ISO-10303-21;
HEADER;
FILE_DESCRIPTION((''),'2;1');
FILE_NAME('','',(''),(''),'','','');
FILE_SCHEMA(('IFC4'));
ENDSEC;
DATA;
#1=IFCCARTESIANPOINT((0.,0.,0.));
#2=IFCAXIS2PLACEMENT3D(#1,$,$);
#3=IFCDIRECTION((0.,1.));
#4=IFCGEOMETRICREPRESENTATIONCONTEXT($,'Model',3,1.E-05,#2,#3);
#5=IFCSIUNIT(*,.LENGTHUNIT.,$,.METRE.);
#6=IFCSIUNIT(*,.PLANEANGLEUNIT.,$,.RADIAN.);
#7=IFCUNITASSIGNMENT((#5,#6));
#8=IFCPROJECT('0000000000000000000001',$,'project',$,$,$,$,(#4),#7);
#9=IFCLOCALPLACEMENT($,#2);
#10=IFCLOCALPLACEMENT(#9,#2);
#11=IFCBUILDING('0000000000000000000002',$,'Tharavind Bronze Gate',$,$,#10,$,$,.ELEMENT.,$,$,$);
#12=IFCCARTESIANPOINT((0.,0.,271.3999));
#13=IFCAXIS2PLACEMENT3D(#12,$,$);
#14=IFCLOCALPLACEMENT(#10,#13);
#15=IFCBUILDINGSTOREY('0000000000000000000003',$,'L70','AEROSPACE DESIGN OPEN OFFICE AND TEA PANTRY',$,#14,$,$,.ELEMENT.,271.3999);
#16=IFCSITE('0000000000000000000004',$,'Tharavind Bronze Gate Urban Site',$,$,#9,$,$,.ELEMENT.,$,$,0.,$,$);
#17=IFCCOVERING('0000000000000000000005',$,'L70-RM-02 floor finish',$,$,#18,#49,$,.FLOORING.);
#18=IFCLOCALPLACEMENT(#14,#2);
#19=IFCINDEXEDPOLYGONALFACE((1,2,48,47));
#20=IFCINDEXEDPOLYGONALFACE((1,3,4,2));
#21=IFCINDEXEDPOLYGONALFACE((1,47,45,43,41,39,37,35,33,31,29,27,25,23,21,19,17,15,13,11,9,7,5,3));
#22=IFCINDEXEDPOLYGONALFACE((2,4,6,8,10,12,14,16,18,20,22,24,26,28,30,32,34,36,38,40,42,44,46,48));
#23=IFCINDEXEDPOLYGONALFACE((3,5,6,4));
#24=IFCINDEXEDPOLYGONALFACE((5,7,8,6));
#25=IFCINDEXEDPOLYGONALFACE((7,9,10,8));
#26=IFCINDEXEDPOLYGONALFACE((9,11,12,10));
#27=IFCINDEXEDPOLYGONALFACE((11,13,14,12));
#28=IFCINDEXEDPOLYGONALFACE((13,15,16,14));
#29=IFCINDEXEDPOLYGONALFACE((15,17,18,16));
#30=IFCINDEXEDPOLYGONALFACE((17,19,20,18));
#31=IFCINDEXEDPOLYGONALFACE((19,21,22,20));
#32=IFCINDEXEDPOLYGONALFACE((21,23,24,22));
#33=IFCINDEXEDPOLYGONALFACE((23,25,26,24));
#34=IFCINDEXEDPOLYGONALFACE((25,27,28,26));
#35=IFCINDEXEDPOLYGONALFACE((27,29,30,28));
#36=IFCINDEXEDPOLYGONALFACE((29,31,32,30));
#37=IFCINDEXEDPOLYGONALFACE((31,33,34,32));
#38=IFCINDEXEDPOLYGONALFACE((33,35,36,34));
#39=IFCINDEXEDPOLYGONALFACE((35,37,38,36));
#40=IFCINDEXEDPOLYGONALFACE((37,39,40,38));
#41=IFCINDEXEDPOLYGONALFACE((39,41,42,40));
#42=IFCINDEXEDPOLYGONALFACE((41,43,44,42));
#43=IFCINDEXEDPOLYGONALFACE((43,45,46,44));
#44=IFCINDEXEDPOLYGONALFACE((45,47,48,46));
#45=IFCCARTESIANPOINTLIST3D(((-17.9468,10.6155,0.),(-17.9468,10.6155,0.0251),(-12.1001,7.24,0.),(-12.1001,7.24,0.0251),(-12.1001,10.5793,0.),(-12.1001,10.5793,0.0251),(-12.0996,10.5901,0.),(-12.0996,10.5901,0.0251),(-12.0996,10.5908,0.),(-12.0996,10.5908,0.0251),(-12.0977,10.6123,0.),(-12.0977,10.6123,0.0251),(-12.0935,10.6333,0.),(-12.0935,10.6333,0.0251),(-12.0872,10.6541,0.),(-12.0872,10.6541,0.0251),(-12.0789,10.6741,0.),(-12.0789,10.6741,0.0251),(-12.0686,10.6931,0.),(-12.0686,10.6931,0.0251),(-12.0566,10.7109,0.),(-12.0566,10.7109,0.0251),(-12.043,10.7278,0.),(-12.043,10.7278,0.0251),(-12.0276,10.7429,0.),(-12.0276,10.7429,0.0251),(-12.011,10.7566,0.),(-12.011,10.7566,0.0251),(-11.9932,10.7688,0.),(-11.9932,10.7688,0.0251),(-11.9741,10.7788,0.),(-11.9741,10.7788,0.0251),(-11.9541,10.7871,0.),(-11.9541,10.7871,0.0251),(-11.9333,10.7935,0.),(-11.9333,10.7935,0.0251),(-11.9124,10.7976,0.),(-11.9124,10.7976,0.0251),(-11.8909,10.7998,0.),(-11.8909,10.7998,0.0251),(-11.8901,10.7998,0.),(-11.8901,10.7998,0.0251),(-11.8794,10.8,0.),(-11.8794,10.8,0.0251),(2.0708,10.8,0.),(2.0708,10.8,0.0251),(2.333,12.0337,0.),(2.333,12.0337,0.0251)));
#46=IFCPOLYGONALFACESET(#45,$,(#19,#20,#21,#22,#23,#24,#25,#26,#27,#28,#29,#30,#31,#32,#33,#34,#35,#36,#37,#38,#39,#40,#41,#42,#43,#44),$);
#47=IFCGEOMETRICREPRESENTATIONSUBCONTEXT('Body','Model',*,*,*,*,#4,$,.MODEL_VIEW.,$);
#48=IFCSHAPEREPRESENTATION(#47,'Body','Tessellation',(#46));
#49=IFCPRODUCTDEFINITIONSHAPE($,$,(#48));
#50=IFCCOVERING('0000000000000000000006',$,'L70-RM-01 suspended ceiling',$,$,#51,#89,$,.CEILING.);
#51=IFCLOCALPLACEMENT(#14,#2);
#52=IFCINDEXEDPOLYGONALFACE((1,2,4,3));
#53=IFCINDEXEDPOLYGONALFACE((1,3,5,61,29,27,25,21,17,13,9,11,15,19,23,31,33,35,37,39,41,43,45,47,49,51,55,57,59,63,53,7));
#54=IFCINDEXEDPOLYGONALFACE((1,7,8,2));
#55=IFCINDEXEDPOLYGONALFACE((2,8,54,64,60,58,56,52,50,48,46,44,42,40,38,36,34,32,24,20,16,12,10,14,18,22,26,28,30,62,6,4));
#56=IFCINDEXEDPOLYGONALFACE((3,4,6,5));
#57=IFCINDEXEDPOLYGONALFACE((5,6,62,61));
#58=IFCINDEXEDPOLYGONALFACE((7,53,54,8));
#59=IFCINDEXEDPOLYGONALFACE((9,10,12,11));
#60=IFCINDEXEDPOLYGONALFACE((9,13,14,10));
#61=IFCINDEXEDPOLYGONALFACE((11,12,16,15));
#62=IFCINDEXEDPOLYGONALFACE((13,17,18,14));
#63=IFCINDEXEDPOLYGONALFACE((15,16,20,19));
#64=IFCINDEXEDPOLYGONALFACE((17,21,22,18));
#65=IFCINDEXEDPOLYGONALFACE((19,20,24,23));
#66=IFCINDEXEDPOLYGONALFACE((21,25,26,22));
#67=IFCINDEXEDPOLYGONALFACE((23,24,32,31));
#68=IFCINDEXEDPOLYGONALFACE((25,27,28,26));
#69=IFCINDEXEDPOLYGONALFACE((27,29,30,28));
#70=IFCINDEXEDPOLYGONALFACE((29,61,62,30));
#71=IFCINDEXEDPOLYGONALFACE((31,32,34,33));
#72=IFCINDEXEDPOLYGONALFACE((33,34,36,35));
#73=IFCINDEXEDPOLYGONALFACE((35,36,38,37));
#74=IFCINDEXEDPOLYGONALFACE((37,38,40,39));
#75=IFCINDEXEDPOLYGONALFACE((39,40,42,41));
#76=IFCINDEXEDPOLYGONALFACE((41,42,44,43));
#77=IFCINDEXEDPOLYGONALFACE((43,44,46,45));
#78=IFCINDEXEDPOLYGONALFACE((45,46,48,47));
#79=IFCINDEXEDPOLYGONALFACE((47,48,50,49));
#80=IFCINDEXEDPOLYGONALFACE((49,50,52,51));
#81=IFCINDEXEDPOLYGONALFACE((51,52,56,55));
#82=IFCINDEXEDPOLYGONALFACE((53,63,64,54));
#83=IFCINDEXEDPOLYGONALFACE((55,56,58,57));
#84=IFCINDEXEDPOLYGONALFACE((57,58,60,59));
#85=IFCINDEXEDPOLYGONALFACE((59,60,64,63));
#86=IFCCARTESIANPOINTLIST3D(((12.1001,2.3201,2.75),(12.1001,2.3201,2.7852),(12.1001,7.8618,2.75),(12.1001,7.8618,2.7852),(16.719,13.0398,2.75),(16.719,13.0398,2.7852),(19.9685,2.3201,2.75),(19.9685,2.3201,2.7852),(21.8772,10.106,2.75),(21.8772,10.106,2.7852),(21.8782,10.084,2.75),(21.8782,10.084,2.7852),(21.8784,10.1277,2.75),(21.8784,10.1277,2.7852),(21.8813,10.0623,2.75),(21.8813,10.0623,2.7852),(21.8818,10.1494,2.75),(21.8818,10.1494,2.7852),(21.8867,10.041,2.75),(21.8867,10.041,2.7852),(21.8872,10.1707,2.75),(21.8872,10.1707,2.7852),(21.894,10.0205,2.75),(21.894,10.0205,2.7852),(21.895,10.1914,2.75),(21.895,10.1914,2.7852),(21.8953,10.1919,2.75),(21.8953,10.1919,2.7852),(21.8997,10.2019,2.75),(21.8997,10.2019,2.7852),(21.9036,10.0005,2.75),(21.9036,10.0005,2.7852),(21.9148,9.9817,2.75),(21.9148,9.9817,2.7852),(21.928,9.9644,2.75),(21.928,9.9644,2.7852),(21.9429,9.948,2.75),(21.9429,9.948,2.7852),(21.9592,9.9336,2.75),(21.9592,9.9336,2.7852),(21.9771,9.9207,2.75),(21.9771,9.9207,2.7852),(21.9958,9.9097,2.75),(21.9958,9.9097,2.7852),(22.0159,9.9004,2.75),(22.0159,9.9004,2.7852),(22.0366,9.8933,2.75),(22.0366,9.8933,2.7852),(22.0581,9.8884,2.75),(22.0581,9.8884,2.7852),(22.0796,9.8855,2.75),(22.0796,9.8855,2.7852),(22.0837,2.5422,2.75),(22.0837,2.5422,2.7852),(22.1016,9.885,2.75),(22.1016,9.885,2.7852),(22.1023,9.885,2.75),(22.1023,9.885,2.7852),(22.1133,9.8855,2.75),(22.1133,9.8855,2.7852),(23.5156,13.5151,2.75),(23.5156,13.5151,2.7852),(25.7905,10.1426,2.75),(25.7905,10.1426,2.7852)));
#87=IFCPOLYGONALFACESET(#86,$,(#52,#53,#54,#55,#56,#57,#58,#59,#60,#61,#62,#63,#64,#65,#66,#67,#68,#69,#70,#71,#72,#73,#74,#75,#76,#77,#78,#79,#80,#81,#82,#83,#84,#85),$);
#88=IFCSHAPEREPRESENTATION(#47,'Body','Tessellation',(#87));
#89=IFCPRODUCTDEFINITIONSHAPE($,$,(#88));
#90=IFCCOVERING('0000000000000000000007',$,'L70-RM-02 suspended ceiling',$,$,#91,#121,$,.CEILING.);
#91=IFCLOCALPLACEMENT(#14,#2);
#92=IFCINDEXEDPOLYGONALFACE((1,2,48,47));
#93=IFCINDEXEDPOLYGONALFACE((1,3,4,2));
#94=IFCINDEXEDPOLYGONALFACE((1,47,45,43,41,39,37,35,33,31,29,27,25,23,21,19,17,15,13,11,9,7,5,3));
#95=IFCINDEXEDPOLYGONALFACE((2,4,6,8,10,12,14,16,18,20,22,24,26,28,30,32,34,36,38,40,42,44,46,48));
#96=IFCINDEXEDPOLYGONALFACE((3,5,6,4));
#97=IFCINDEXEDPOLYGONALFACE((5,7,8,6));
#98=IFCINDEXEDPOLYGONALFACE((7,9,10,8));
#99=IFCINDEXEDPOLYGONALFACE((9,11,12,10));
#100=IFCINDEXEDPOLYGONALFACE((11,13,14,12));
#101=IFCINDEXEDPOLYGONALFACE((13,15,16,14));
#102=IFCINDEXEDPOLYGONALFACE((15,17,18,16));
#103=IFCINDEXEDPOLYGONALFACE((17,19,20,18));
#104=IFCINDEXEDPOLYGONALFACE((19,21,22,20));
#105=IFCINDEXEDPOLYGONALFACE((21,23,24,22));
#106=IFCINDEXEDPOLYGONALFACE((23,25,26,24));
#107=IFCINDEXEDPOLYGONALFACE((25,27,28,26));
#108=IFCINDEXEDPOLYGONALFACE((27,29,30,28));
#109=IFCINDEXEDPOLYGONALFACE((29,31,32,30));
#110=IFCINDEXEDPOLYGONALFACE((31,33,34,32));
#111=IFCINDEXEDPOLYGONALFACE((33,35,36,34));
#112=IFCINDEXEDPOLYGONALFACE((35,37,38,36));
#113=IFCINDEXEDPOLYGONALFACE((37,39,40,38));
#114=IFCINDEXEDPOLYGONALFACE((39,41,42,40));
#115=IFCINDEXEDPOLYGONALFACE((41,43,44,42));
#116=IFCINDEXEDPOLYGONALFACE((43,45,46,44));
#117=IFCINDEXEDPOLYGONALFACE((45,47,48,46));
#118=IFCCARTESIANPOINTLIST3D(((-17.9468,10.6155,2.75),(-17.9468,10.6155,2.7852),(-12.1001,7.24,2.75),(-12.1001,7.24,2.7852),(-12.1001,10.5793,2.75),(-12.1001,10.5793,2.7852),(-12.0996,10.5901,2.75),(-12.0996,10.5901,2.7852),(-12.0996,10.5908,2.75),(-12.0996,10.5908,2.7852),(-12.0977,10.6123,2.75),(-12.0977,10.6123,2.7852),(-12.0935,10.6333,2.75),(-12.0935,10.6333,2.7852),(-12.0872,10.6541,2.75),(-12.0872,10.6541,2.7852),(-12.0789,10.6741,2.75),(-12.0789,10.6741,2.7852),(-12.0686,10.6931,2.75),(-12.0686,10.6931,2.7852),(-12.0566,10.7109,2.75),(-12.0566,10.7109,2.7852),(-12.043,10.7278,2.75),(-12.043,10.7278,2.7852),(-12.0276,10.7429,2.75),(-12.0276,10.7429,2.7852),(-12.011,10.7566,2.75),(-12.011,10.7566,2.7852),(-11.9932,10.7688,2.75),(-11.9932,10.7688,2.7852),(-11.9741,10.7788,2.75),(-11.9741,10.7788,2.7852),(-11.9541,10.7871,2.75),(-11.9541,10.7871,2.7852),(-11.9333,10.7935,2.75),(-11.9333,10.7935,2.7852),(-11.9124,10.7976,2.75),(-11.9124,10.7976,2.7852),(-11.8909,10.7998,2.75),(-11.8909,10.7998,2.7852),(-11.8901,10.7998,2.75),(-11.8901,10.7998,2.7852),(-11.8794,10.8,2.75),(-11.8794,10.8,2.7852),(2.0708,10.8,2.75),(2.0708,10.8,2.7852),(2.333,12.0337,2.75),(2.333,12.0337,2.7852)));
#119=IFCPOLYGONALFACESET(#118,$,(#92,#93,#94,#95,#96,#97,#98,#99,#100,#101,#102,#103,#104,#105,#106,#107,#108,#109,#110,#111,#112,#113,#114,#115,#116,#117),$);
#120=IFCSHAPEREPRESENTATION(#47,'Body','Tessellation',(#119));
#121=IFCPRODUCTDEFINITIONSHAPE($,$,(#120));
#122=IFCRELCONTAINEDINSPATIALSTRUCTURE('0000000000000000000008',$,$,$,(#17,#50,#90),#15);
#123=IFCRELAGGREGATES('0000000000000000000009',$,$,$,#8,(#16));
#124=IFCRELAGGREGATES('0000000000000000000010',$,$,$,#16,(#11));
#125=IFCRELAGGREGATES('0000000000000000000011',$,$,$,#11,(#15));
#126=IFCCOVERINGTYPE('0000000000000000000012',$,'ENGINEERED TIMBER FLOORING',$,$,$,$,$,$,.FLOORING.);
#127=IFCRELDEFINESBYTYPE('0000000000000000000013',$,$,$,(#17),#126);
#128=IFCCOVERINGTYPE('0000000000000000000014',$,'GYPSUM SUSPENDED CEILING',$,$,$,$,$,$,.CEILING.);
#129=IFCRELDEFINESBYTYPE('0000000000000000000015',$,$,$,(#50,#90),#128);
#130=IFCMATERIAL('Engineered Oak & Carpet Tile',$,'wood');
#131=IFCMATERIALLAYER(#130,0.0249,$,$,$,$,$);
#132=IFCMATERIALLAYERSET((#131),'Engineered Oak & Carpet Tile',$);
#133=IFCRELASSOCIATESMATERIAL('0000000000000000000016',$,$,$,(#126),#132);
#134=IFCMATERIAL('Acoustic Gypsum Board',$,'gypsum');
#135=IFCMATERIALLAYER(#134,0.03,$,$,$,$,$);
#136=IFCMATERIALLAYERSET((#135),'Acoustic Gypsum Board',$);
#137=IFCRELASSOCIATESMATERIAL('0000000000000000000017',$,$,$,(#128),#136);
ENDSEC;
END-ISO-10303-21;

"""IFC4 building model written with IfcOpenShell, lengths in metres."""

from ifc_helpers import new_model, si_unit, direction, frame, origin, place, context, subcontext, project, spatial, polyline, outline, extrude, material, layer, layer_set, type_object, element, save


model = new_model("IFC4")

# Units and contexts
model_context = context("Model", 3, precision=1e-05, world=origin(), true_north=direction((0.0, 1.0)))
body_context = subcontext(model_context, "Body", "Model", "MODEL_VIEW")
ifc_project = project(units=[si_unit("LENGTHUNIT", "METRE"), si_unit("PLANEANGLEUNIT", "RADIAN")], contexts=[model_context])

# Site, building, storey
site_placement = place(None, origin())
site = spatial("IfcSite", under=ifc_project, at=site_placement, Name="Tharavind Bronze Gate Urban Site", CompositionType="ELEMENT", RefElevation=0.0)
building_placement = place(site_placement, origin())
building = spatial("IfcBuilding", under=site, at=building_placement, Name="Tharavind Bronze Gate", CompositionType="ELEMENT")
storey_placement = place(building_placement, frame((0.0, 0.0, 271.3999)))
storey = spatial("IfcBuildingStorey", under=building, at=storey_placement, Name="L70", Description="AEROSPACE DESIGN OPEN OFFICE AND TEA PANTRY", CompositionType="ELEMENT", Elevation=271.3999)

# Coverings
ifc_material_1 = material(Name="Engineered Oak & Carpet Tile", Category="wood")
ifc_layer_1 = layer(ifc_material_1, 0.0249)
ifc_layer_set_1 = layer_set([ifc_layer_1], Name="Engineered Oak & Carpet Tile")
covering_type_1 = type_object("IfcCoveringType", Name="ENGINEERED TIMBER FLOORING", PredefinedType="FLOORING", material=ifc_layer_set_1)
covering_1_placement = place(storey_placement, origin())
element("IfcCovering", 1, at=covering_1_placement, inside=storey, type_object=covering_type_1, Name="L70-RM-02 floor finish", PredefinedType="FLOORING", context=body_context, shape_type="SweptSolid", body=[
    extrude(outline(polyline([(-12.1001, 7.24), (-12.1001, 10.5793), (-12.0996, 10.5901), (-12.0996, 10.5908), (-12.0977, 10.6123), (-12.0935, 10.6333), (-12.0872, 10.6541), (-12.0789, 10.6741), (-12.0686, 10.6931), (-12.0566, 10.7109), (-12.043, 10.7278), (-12.0276, 10.7429), (-12.011, 10.7566), (-11.9932, 10.7688), (-11.9741, 10.7788), (-11.9541, 10.7871), (-11.9333, 10.7935), (-11.9124, 10.7976), (-11.8909, 10.7998), (-11.8901, 10.7998), (-11.8794, 10.8), (2.0708, 10.8), (2.333, 12.0337), (-17.9468, 10.6155), (-12.1001, 7.24)])), origin(), (0.0, 0.0, 1.0), 0.0251),
])
ifc_material_2 = material(Name="Acoustic Gypsum Board", Category="gypsum")
ifc_layer_2 = layer(ifc_material_2, 0.03)
ifc_layer_set_2 = layer_set([ifc_layer_2], Name="Acoustic Gypsum Board")
covering_type_2 = type_object("IfcCoveringType", Name="GYPSUM SUSPENDED CEILING", PredefinedType="CEILING", material=ifc_layer_set_2)
covering_2_placement = place(storey_placement, frame((0.0, 0.0, 2.75)))
element("IfcCovering", 2, at=covering_2_placement, inside=storey, type_object=covering_type_2, Name="L70-RM-01 suspended ceiling", PredefinedType="CEILING", context=body_context, shape_type="SweptSolid", body=[
    extrude(outline(polyline([(19.9685, 2.3201), (22.0837, 2.5422), (25.7905, 10.1426), (22.1133, 9.8855), (22.1023, 9.885), (22.1016, 9.885), (22.0796, 9.8855), (22.0581, 9.8884), (22.0366, 9.8933), (22.0159, 9.9004), (21.9958, 9.9097), (21.9771, 9.9207), (21.9592, 9.9336), (21.9429, 9.948), (21.928, 9.9644), (21.9148, 9.9817), (21.9036, 10.0005), (21.894, 10.0205), (21.8867, 10.041), (21.8813, 10.0623), (21.8782, 10.084), (21.8772, 10.106), (21.8784, 10.1277), (21.8818, 10.1494), (21.8872, 10.1707), (21.895, 10.1914), (21.8953, 10.1919), (21.8997, 10.2019), (23.5156, 13.5151), (16.719, 13.0398), (12.1001, 7.8618), (12.1001, 2.3201), (19.9685, 2.3201)])), origin(), (0.0, 0.0, 1.0), 0.0352),
])
covering_3_placement = place(storey_placement, frame((0.0, 0.0, 2.75)))
element("IfcCovering", 3, at=covering_3_placement, inside=storey, type_object=covering_type_2, Name="L70-RM-02 suspended ceiling", PredefinedType="CEILING", context=body_context, shape_type="SweptSolid", body=[
    extrude(outline(polyline([(-12.1001, 7.24), (-12.1001, 10.5793), (-12.0996, 10.5901), (-12.0996, 10.5908), (-12.0977, 10.6123), (-12.0935, 10.6333), (-12.0872, 10.6541), (-12.0789, 10.6741), (-12.0686, 10.6931), (-12.0566, 10.7109), (-12.043, 10.7278), (-12.0276, 10.7429), (-12.011, 10.7566), (-11.9932, 10.7688), (-11.9741, 10.7788), (-11.9541, 10.7871), (-11.9333, 10.7935), (-11.9124, 10.7976), (-11.8909, 10.7998), (-11.8901, 10.7998), (-11.8794, 10.8), (2.0708, 10.8), (2.333, 12.0337), (-17.9468, 10.6155), (-12.1001, 7.24)])), origin(), (0.0, 0.0, 1.0), 0.0352),
])

save(model, "model.ifc")
